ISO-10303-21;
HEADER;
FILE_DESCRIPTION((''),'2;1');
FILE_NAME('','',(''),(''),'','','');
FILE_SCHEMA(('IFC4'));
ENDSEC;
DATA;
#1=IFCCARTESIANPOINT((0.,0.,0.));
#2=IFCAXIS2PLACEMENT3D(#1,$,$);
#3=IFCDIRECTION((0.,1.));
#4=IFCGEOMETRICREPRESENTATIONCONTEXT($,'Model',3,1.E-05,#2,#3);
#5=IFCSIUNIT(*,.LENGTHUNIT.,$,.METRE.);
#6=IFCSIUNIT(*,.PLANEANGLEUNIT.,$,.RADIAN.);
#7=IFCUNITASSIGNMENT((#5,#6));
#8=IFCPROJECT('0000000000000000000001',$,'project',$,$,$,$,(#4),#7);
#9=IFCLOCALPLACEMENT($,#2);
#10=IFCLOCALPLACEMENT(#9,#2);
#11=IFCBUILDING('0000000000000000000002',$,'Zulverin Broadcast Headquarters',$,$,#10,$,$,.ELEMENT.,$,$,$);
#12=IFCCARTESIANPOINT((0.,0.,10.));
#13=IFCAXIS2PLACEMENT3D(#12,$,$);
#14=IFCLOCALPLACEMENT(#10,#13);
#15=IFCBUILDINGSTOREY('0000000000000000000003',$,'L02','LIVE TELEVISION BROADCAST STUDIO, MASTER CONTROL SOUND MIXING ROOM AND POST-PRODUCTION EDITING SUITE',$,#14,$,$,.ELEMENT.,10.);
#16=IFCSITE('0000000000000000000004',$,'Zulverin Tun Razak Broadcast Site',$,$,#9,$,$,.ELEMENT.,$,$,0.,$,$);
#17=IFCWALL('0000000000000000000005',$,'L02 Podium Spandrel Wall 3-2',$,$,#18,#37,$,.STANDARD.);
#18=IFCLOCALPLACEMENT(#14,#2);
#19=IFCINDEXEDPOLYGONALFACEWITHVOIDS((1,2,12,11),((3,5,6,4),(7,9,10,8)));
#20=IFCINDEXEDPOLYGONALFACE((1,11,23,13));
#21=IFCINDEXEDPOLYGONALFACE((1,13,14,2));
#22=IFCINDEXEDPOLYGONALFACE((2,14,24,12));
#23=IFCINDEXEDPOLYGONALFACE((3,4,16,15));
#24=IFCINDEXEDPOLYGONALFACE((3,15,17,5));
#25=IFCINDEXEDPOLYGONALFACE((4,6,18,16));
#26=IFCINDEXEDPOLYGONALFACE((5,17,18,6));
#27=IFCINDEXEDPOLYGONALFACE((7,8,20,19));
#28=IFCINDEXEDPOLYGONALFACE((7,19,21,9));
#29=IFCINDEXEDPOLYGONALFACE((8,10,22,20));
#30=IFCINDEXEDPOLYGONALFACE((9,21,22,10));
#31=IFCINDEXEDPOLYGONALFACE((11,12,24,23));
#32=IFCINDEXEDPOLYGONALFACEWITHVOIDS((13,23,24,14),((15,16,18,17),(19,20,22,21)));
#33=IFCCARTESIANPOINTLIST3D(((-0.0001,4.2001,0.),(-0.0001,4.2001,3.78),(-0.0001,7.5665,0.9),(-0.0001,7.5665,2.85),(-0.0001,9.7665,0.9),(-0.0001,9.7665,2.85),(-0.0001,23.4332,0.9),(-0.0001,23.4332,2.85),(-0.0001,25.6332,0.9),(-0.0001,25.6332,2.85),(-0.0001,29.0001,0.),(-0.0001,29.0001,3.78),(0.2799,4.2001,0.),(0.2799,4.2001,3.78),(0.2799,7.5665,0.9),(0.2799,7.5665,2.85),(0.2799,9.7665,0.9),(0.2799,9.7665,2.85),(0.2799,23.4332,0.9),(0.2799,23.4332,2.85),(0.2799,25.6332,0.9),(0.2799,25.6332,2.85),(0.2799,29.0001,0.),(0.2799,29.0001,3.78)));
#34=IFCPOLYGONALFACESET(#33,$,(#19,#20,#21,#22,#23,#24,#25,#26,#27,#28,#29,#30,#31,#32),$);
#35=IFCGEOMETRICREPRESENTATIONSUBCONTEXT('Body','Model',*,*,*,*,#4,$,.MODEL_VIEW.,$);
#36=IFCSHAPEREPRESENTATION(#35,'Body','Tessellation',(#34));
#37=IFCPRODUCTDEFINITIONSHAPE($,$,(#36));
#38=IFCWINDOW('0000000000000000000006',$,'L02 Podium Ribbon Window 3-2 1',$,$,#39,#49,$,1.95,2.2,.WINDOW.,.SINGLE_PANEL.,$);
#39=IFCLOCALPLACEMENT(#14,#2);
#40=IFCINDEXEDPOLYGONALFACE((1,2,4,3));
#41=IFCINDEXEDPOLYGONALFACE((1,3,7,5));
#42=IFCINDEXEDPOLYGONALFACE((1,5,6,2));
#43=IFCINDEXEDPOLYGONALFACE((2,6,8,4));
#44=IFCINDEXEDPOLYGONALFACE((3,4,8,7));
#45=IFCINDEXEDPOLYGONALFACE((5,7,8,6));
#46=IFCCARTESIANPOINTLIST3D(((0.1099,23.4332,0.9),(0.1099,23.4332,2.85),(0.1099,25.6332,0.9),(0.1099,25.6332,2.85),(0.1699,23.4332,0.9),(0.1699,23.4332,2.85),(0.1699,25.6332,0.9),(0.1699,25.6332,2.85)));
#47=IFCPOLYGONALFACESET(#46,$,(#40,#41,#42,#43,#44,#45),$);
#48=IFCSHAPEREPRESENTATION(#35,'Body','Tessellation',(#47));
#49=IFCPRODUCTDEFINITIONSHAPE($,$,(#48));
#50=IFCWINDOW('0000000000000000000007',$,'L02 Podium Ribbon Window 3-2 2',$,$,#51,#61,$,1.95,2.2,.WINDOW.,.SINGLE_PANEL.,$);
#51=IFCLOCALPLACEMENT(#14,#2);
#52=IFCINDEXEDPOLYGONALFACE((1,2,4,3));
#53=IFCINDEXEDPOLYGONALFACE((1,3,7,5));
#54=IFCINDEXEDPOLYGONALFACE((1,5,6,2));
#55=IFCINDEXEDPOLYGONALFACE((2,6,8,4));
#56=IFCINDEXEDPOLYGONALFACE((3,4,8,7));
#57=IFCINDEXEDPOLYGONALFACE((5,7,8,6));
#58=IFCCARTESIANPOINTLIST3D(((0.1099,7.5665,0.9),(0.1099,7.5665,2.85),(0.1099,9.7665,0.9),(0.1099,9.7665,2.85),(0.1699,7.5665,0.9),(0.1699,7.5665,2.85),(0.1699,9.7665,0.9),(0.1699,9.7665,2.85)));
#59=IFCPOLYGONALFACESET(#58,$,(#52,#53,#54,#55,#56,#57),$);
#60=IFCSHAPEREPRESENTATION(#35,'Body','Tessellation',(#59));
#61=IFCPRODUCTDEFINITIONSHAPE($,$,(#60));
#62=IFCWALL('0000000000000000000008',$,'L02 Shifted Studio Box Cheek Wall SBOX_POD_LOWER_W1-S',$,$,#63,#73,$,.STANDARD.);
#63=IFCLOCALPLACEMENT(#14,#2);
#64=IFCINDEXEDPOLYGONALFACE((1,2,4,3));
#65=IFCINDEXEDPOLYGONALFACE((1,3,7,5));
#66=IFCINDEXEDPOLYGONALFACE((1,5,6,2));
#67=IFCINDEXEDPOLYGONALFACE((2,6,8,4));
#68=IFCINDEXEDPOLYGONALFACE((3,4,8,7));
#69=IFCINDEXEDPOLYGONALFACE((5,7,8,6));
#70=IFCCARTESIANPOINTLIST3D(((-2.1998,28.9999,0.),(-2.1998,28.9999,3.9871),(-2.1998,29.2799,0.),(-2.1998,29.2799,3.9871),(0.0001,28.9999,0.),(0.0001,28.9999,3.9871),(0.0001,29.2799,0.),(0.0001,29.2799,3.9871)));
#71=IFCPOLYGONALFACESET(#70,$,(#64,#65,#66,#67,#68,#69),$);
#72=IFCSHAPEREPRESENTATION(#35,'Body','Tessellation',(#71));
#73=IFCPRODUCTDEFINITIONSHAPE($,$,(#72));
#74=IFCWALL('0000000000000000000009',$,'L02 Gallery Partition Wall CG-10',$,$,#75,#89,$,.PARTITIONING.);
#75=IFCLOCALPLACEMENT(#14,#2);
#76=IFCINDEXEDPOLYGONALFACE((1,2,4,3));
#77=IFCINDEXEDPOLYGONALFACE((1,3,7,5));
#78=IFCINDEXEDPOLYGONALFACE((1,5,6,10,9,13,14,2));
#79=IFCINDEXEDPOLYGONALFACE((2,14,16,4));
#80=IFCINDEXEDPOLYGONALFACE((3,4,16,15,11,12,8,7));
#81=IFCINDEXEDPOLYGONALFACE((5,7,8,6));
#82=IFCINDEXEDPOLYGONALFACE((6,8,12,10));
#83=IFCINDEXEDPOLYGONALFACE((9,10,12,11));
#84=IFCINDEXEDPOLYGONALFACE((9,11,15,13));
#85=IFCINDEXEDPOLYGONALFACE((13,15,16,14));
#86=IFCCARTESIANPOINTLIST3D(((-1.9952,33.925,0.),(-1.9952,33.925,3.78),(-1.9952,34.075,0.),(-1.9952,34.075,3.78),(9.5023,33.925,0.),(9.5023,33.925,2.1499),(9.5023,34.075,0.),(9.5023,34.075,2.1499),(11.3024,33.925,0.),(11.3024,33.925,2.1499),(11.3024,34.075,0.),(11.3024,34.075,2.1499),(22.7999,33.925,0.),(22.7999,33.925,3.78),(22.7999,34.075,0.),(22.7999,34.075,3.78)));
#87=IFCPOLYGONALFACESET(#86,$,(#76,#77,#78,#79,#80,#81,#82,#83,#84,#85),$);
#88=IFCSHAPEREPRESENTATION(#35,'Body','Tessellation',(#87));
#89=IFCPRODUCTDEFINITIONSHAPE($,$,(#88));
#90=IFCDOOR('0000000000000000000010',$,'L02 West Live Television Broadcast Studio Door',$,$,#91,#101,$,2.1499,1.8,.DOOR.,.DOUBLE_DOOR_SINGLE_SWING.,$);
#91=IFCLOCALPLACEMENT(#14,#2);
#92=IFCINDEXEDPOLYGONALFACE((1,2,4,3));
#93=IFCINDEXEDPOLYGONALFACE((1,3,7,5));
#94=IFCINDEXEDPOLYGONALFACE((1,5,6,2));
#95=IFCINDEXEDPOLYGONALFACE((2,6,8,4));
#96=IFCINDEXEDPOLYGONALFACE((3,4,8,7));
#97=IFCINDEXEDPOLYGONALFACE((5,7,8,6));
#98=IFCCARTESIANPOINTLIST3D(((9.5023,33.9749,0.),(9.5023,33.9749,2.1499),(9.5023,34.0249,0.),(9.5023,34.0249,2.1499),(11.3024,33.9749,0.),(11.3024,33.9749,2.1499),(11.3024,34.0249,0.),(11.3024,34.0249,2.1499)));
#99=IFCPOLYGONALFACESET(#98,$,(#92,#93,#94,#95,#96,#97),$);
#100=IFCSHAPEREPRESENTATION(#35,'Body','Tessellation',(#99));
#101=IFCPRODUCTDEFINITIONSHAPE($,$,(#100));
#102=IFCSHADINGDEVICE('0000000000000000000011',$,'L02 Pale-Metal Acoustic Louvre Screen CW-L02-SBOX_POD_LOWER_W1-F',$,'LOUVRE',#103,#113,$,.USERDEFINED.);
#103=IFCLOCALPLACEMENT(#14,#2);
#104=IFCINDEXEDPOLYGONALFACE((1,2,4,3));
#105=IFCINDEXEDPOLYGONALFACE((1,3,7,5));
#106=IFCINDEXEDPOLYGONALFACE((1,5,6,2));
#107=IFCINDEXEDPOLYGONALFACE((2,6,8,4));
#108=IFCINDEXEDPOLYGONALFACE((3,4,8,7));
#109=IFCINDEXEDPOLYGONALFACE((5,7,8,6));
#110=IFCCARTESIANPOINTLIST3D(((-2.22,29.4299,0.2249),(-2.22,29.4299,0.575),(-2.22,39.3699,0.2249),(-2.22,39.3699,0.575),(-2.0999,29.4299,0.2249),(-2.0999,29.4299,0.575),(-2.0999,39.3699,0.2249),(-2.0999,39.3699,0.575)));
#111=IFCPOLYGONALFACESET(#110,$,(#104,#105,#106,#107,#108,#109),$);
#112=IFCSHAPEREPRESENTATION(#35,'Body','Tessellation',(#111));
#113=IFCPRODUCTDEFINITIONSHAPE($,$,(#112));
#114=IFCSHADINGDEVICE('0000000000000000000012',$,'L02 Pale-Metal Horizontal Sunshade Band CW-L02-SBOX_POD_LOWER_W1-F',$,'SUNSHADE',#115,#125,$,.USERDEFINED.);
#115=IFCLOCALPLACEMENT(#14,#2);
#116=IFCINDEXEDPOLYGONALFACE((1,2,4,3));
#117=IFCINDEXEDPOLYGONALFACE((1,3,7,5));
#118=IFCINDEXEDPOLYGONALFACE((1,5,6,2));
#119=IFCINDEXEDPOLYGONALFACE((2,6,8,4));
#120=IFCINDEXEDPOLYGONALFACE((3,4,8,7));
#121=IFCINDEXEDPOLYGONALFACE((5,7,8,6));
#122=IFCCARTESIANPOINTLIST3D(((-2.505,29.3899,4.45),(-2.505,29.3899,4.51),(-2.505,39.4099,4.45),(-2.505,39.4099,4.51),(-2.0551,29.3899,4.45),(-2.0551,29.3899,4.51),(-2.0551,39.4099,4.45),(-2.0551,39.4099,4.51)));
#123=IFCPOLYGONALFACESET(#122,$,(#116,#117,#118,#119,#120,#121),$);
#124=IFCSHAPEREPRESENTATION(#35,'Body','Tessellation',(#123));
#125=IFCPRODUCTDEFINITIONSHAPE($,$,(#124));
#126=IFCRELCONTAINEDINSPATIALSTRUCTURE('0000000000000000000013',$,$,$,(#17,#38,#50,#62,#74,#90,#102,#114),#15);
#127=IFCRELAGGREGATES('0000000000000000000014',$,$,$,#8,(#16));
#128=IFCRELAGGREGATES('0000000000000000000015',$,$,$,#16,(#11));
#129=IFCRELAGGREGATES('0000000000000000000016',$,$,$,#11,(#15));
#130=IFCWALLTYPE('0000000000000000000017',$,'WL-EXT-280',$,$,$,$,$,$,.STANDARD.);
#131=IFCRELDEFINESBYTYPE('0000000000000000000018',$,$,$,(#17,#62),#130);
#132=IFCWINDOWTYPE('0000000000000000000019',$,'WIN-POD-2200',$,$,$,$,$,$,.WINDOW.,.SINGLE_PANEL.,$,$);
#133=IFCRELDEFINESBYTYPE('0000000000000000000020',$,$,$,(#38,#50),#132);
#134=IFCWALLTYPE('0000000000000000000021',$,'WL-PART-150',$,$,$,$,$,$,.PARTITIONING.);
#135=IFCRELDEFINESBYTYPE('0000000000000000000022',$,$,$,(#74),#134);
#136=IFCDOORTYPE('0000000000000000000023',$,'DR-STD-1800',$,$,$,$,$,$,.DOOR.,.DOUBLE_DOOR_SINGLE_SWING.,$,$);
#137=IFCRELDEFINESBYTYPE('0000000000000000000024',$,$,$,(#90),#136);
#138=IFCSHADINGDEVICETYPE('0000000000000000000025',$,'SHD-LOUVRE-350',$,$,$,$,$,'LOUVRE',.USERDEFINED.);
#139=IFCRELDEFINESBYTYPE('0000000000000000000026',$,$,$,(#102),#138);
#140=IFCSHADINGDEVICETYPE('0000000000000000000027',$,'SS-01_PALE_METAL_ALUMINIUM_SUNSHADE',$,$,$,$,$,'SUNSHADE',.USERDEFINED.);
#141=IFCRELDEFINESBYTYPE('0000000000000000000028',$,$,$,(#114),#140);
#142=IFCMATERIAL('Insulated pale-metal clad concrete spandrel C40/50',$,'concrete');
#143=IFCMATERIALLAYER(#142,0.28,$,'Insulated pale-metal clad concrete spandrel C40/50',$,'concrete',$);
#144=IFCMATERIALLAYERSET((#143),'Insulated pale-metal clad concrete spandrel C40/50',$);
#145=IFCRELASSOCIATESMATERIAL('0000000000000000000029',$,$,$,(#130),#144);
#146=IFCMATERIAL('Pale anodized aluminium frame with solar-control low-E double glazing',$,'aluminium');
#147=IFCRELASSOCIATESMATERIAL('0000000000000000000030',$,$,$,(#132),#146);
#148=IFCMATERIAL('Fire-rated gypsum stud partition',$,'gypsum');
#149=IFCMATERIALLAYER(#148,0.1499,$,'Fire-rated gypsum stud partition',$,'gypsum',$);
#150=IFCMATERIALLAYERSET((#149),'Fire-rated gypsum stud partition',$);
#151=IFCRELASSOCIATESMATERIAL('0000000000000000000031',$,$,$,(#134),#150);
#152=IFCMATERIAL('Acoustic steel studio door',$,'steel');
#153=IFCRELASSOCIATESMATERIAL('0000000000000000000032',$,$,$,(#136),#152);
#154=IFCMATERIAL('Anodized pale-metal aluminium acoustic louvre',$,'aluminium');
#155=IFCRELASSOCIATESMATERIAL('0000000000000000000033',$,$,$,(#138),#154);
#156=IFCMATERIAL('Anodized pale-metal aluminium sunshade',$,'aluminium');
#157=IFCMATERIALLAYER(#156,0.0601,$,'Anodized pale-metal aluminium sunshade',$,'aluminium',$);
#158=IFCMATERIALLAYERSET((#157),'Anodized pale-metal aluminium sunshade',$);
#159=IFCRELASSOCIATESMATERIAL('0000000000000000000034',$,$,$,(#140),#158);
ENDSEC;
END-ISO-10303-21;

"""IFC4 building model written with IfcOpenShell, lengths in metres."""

from ifc_helpers import new_model, si_unit, direction, frame, frame_2d, origin, origin_2d, place, context, subcontext, project, spatial, rectangle, extrude, material, layer, layer_set, type_object, element, fill, save


model = new_model("IFC4")

# Units and contexts
model_context = context("Model", 3, precision=1e-05, world=origin(), true_north=direction((0.0, 1.0)))
body_context = subcontext(model_context, "Body", "Model", "MODEL_VIEW")
ifc_project = project(units=[si_unit("LENGTHUNIT", "METRE"), si_unit("PLANEANGLEUNIT", "RADIAN")], contexts=[model_context])

# Site, building, storey
site_placement = place(None, origin())
site = spatial("IfcSite", under=ifc_project, at=site_placement, Name="Zulverin Tun Razak Broadcast Site", CompositionType="ELEMENT", RefElevation=0.0)
building_placement = place(site_placement, origin())
building = spatial("IfcBuilding", under=site, at=building_placement, Name="Zulverin Broadcast Headquarters", CompositionType="ELEMENT")
storey_placement = place(building_placement, frame((0.0, 0.0, 10.0)))
storey = spatial("IfcBuildingStorey", under=building, at=storey_placement, Name="L02", Description="LIVE TELEVISION BROADCAST STUDIO, MASTER CONTROL SOUND MIXING ROOM AND POST-PRODUCTION EDITING SUITE", CompositionType="ELEMENT", Elevation=10.0)

# Wall, openings, windows
ifc_material_1 = material(Name="Insulated pale-metal clad concrete spandrel C40/50", Category="concrete")
ifc_layer_1 = layer(ifc_material_1, 0.28, Name="Insulated pale-metal clad concrete spandrel C40/50", Category="concrete")
ifc_layer_set_1 = layer_set([ifc_layer_1], Name="Insulated pale-metal clad concrete spandrel C40/50")
wall_type_1 = type_object("IfcWallType", Name="WL-EXT-280", PredefinedType="STANDARD", material=ifc_layer_set_1)
wall_1_placement = place(storey_placement, frame((0.1399, 29.0, 0.0), z_axis=(0.0, 0.0, 1.0), x_axis=(0.0, -1.0, 0.0)))
wall_1 = element("IfcWall", 1, at=wall_1_placement, inside=storey, type_object=wall_type_1, Name="L02 Podium Spandrel Wall 3-2", PredefinedType="STANDARD", context=body_context, shape_type="SweptSolid", body=[
    extrude(rectangle(XDim=24.8, YDim=0.28, at=frame_2d((12.3999, 0.0))), origin(), (0.0, 0.0, 1.0), 3.78),
])
opening_1_placement = place(wall_1_placement, frame((3.3667, 0.0, 0.8999)))
opening_1 = element("IfcOpeningElement", 2, at=opening_1_placement, cuts=wall_1, PredefinedType="OPENING", context=body_context, shape_type="SweptSolid", body=[
    extrude(rectangle(XDim=2.2, YDim=1.95, at=frame_2d((1.1001, 0.9751))), frame((0.0, 0.1499, 0.0), z_axis=(0.0, -1.0, 0.0), x_axis=(1.0, 0.0, 0.0)), (0.0, 0.0, 1.0), 0.3),
])
opening_2_placement = place(wall_1_placement, frame((19.2334, 0.0, 0.8999)))
opening_2 = element("IfcOpeningElement", 3, at=opening_2_placement, cuts=wall_1, PredefinedType="OPENING", context=body_context, shape_type="SweptSolid", body=[
    extrude(rectangle(XDim=2.2, YDim=1.95, at=frame_2d((1.1001, 0.9751))), frame((0.0, 0.1499, 0.0), z_axis=(0.0, -1.0, 0.0), x_axis=(1.0, 0.0, 0.0)), (0.0, 0.0, 1.0), 0.3),
])
ifc_material_2 = material(Name="Pale anodized aluminium frame with solar-control low-E double glazing", Category="aluminium")
window_type = type_object("IfcWindowType", Name="WIN-POD-2200", PartitioningType="SINGLE_PANEL", PredefinedType="WINDOW", material=ifc_material_2)
window_1_placement = place(opening_1_placement, origin())
window_1 = element("IfcWindow", 4, at=window_1_placement, inside=storey, type_object=window_type, Name="L02 Podium Ribbon Window 3-2 1", OverallHeight=1.95, OverallWidth=2.2, PartitioningType="SINGLE_PANEL", PredefinedType="WINDOW", context=body_context, shape_type="SweptSolid", body=[
    extrude(rectangle(XDim=2.2, YDim=1.95, at=frame_2d((1.1001, 0.9751))), frame((0.0, 0.03, 0.0), z_axis=(0.0, -1.0, 0.0), x_axis=(1.0, 0.0, 0.0)), (0.0, 0.0, 1.0), 0.0601),
])
fill(opening_1, window_1)
window_2_placement = place(opening_2_placement, origin())
window_2 = element("IfcWindow", 5, at=window_2_placement, inside=storey, type_object=window_type, Name="L02 Podium Ribbon Window 3-2 2", OverallHeight=1.95, OverallWidth=2.2, PartitioningType="SINGLE_PANEL", PredefinedType="WINDOW", context=body_context, shape_type="SweptSolid", body=[
    extrude(rectangle(XDim=2.2, YDim=1.95, at=frame_2d((1.1001, 0.9751))), frame((0.0, 0.03, 0.0), z_axis=(0.0, -1.0, 0.0), x_axis=(1.0, 0.0, 0.0)), (0.0, 0.0, 1.0), 0.0601),
])
fill(opening_2, window_2)

# Wall
wall_2_placement = place(storey_placement, frame((-2.2, 29.1399, 0.0), z_axis=(0.0, 0.0, 1.0), x_axis=(1.0, 0.0, 0.0)))
element("IfcWall", 6, at=wall_2_placement, inside=storey, type_object=wall_type_1, Name="L02 Shifted Studio Box Cheek Wall SBOX_POD_LOWER_W1-S", PredefinedType="STANDARD", context=body_context, shape_type="SweptSolid", body=[
    extrude(rectangle(XDim=2.2, YDim=0.28, at=frame_2d((1.1001, 0.0))), origin(), (0.0, 0.0, 1.0), 3.9871),
])

# Wall, opening, door
ifc_material_3 = material(Name="Fire-rated gypsum stud partition", Category="gypsum")
ifc_layer_2 = layer(ifc_material_3, 0.1499, Name="Fire-rated gypsum stud partition", Category="gypsum")
ifc_layer_set_2 = layer_set([ifc_layer_2], Name="Fire-rated gypsum stud partition")
wall_type_2 = type_object("IfcWallType", Name="WL-PART-150", PredefinedType="PARTITIONING", material=ifc_layer_set_2)
wall_3_placement = place(storey_placement, frame((-1.9951, 34.0, 0.0), z_axis=(0.0, 0.0, 1.0), x_axis=(1.0, 0.0, 0.0)))
wall_3 = element("IfcWall", 7, at=wall_3_placement, inside=storey, type_object=wall_type_2, Name="L02 Gallery Partition Wall CG-10", PredefinedType="PARTITIONING", context=body_context, shape_type="SweptSolid", body=[
    extrude(rectangle(XDim=24.7952, YDim=0.1499, at=frame_2d((12.3975, 0.0))), origin(), (0.0, 0.0, 1.0), 3.78),
])
opening_3_placement = place(wall_3_placement, frame((11.4976, 0.0, 0.0)))
opening_3 = element("IfcOpeningElement", 8, at=opening_3_placement, cuts=wall_3, PredefinedType="OPENING", context=body_context, shape_type="SweptSolid", body=[
    extrude(rectangle(XDim=1.8, YDim=2.1499, at=frame_2d((0.8999, 1.075))), frame((0.0, 0.085, 0.0), z_axis=(0.0, -1.0, 0.0), x_axis=(1.0, 0.0, 0.0)), (0.0, 0.0, 1.0), 0.1699),
])
ifc_material_4 = material(Name="Acoustic steel studio door", Category="steel")
door_type = type_object("IfcDoorType", Name="DR-STD-1800", OperationType="DOUBLE_DOOR_SINGLE_SWING", PredefinedType="DOOR", material=ifc_material_4)
door_placement = place(opening_3_placement, origin())
door = element("IfcDoor", 9, at=door_placement, inside=storey, type_object=door_type, Name="L02 West Live Television Broadcast Studio Door", OperationType="DOUBLE_DOOR_SINGLE_SWING", OverallHeight=2.1499, OverallWidth=1.8, PredefinedType="DOOR", context=body_context, shape_type="SweptSolid", body=[
    extrude(rectangle(XDim=1.8, YDim=2.1499, at=frame_2d((0.8999, 1.075))), frame((0.0, 0.0249, 0.0), z_axis=(0.0, -1.0, 0.0), x_axis=(1.0, 0.0, 0.0)), (0.0, 0.0, 1.0), 0.05),
])
fill(opening_3, door)

# Shading devices
ifc_material_5 = material(Name="Anodized pale-metal aluminium acoustic louvre", Category="aluminium")
shading_device_type_1 = type_object("IfcShadingDeviceType", Name="SHD-LOUVRE-350", ElementType="LOUVRE", PredefinedType="USERDEFINED", material=ifc_material_5)
shading_device_1_placement = place(storey_placement, frame((-2.1599, 34.3999, 0.2249), z_axis=(0.0, 0.0, 1.0), x_axis=(0.0, -1.0, 0.0)))
element("IfcShadingDevice", 10, at=shading_device_1_placement, inside=storey, type_object=shading_device_type_1, Name="L02 Pale-Metal Acoustic Louvre Screen CW-L02-SBOX_POD_LOWER_W1-F", ObjectType="LOUVRE", PredefinedType="USERDEFINED", context=body_context, shape_type="SweptSolid", body=[
    extrude(rectangle(XDim=9.9399, YDim=0.1201, at=origin_2d()), origin(), (0.0, 0.0, 1.0), 0.3501),
])
ifc_material_6 = material(Name="Anodized pale-metal aluminium sunshade", Category="aluminium")
ifc_layer_3 = layer(ifc_material_6, 0.0601, Name="Anodized pale-metal aluminium sunshade", Category="aluminium")
ifc_layer_set_3 = layer_set([ifc_layer_3], Name="Anodized pale-metal aluminium sunshade")
shading_device_type_2 = type_object("IfcShadingDeviceType", Name="SS-01_PALE_METAL_ALUMINIUM_SUNSHADE", ElementType="SUNSHADE", PredefinedType="USERDEFINED", material=ifc_layer_set_3)
shading_device_2_placement = place(storey_placement, frame((-2.28, 34.3999, 4.45), z_axis=(0.0, 0.0, 1.0), x_axis=(0.0, -1.0, 0.0)))
element("IfcShadingDevice", 11, at=shading_device_2_placement, inside=storey, type_object=shading_device_type_2, Name="L02 Pale-Metal Horizontal Sunshade Band CW-L02-SBOX_POD_LOWER_W1-F", ObjectType="SUNSHADE", PredefinedType="USERDEFINED", context=body_context, shape_type="SweptSolid", body=[
    extrude(rectangle(XDim=10.02, YDim=0.45, at=origin_2d()), origin(), (0.0, 0.0, 1.0), 0.0601),
])

save(model, "model.ifc")
